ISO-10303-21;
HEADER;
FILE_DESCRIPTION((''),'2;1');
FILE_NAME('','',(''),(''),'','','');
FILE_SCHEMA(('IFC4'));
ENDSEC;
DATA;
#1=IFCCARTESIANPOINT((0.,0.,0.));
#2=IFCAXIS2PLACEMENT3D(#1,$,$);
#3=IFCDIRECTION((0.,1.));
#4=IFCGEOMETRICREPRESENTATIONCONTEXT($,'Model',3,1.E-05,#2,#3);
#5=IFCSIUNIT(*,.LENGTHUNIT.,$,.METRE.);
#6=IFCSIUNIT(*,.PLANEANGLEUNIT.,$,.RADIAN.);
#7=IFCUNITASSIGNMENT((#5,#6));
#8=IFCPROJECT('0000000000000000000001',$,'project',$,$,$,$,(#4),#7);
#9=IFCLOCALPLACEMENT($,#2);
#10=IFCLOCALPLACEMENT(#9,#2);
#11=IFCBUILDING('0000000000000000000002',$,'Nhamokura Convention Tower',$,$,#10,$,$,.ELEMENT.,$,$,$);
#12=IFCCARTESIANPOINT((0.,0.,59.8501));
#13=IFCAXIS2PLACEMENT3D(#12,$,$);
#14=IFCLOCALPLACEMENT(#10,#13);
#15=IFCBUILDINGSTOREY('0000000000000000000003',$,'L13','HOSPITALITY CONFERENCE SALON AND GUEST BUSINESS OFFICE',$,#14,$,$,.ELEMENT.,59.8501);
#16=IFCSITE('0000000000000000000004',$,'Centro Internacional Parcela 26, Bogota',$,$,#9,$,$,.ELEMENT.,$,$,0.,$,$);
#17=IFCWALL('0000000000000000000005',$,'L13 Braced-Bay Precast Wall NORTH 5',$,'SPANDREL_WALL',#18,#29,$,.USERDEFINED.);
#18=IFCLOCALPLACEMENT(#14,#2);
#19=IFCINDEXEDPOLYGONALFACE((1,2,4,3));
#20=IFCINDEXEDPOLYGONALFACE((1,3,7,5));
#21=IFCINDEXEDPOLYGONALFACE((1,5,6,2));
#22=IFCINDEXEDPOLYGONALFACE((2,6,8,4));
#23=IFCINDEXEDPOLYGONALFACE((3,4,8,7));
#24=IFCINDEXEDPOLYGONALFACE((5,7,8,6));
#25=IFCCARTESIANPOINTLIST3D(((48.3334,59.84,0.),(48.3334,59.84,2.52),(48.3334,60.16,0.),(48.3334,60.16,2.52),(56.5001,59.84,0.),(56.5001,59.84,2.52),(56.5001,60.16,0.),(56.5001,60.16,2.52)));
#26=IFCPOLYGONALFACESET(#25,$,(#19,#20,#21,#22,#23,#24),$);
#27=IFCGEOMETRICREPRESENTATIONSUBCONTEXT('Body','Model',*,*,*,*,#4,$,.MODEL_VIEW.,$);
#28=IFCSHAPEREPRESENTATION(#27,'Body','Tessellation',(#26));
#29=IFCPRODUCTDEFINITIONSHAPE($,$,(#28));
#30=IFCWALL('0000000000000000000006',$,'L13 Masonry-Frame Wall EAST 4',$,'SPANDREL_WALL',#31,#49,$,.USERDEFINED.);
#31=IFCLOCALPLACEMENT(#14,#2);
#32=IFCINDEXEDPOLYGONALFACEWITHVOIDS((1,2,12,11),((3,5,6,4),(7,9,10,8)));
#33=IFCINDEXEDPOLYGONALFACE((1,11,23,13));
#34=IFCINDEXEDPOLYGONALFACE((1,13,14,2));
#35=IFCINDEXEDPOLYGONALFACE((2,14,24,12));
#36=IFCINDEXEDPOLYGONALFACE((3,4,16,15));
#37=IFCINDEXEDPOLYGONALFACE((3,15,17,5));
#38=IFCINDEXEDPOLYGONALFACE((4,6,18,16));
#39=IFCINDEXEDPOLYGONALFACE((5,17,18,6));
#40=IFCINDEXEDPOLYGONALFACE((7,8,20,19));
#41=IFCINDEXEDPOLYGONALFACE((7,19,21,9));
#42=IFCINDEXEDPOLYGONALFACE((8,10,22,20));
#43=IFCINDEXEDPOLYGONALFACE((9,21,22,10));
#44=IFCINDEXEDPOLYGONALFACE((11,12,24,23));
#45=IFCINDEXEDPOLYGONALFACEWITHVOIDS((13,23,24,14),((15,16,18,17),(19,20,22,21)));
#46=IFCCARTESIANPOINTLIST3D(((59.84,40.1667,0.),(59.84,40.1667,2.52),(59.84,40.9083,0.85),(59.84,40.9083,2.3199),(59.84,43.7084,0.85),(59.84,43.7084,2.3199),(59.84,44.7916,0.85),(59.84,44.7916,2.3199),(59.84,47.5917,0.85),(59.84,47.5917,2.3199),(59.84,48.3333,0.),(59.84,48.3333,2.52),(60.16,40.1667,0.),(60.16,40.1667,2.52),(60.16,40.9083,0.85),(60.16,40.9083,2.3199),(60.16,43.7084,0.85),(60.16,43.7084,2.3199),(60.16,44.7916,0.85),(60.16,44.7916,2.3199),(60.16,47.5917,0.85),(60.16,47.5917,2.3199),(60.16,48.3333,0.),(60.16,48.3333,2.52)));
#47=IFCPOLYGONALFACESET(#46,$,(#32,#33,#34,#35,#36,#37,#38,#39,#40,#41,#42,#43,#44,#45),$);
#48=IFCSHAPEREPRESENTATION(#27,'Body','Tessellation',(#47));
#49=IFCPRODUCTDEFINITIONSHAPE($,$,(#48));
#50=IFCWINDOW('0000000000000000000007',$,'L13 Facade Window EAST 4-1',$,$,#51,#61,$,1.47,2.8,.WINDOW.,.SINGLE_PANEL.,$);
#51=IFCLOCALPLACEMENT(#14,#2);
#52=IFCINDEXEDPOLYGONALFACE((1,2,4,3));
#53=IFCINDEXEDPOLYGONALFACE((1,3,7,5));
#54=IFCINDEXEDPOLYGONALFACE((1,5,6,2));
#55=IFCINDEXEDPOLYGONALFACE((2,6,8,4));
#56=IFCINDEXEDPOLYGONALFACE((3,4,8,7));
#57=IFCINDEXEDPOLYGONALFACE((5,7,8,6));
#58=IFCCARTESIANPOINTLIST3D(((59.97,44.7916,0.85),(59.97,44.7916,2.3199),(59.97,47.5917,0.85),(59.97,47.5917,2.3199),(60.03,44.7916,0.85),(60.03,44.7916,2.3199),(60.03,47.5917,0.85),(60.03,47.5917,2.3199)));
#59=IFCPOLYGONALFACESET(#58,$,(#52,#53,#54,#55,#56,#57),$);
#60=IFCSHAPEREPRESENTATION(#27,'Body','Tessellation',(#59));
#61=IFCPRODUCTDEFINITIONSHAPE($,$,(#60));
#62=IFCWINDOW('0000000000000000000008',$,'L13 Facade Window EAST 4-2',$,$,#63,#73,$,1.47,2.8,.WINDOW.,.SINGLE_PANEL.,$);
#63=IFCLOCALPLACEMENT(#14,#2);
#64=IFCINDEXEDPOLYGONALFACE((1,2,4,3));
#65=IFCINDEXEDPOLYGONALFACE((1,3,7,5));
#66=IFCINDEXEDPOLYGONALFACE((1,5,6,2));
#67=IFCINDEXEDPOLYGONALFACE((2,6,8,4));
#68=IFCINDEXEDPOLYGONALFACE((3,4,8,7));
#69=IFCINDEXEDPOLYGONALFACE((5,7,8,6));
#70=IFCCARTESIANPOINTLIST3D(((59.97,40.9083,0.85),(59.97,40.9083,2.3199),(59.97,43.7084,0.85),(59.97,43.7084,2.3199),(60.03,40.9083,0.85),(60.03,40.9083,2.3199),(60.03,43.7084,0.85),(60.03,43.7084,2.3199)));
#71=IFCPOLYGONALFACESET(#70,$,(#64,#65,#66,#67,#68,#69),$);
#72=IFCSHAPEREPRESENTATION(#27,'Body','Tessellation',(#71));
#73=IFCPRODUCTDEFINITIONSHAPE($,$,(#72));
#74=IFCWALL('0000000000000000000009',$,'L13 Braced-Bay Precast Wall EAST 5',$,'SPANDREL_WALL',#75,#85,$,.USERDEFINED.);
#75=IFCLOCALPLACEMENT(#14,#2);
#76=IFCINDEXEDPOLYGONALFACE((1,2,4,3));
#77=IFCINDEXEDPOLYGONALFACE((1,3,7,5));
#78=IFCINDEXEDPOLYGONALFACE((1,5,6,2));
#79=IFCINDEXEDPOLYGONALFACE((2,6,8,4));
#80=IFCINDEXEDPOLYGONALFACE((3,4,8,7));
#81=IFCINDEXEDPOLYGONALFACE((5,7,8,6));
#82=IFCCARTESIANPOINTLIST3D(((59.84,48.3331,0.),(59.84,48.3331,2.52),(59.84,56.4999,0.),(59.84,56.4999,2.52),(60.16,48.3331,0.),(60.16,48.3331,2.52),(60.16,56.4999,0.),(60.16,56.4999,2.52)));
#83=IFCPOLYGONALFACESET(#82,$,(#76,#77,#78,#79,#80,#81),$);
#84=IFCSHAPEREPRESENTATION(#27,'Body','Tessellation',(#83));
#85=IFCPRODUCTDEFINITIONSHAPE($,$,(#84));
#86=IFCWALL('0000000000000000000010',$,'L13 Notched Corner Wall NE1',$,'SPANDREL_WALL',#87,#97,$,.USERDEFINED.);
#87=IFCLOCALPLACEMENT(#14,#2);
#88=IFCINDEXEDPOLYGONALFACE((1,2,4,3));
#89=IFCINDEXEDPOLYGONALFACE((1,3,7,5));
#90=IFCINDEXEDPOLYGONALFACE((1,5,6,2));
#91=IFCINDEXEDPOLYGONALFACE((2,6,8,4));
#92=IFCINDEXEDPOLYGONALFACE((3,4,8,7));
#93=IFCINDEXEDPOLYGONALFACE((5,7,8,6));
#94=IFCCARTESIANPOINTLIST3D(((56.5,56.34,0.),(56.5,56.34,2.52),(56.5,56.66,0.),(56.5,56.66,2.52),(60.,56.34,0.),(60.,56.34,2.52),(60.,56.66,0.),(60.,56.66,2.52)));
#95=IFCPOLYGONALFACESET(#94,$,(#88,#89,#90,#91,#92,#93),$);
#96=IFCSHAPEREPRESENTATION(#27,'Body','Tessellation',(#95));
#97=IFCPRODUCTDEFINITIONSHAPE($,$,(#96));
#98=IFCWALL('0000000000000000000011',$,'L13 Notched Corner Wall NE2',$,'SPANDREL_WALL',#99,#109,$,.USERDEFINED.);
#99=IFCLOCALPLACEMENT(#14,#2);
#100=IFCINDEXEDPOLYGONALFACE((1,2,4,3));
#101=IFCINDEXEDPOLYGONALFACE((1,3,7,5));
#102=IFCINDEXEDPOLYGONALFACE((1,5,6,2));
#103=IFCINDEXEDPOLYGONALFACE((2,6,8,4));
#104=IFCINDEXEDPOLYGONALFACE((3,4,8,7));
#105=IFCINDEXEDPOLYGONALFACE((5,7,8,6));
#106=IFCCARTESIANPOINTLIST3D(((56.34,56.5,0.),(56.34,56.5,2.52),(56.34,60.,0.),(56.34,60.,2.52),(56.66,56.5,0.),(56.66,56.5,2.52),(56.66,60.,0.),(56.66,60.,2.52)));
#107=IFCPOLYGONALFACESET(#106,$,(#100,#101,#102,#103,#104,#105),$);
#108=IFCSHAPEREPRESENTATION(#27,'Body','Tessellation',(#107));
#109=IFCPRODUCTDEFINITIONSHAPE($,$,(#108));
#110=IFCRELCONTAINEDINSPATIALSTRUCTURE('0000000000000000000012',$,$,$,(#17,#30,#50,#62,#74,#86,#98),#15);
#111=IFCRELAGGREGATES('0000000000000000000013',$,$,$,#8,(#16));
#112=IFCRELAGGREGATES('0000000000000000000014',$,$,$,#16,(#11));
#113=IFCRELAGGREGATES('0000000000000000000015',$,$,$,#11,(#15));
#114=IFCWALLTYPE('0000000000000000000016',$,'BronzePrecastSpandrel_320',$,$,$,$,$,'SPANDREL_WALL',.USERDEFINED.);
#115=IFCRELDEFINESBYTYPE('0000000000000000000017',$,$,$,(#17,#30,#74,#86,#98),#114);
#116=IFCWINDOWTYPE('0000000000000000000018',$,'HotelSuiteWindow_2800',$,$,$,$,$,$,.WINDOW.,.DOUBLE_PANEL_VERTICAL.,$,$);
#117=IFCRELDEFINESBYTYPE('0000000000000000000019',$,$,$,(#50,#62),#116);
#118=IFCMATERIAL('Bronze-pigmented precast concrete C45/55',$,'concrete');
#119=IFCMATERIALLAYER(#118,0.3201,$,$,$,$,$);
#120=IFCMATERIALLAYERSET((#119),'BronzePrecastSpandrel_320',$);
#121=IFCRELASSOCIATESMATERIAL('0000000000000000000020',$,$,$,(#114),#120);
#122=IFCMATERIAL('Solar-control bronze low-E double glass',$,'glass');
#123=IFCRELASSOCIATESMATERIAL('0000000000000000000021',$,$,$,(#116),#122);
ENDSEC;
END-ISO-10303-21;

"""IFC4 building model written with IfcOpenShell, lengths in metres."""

from ifc_helpers import new_model, si_unit, direction, frame, frame_2d, origin, place, context, subcontext, project, spatial, rectangle, extrude, material, layer, layer_set, type_object, element, fill, save


model = new_model("IFC4")

# Units and contexts
model_context = context("Model", 3, precision=1e-05, world=origin(), true_north=direction((0.0, 1.0)))
body_context = subcontext(model_context, "Body", "Model", "MODEL_VIEW")
ifc_project = project(units=[si_unit("LENGTHUNIT", "METRE"), si_unit("PLANEANGLEUNIT", "RADIAN")], contexts=[model_context])

# Site, building, storey
site_placement = place(None, origin())
site = spatial("IfcSite", under=ifc_project, at=site_placement, Name="Centro Internacional Parcela 26, Bogota", CompositionType="ELEMENT", RefElevation=0.0)
building_placement = place(site_placement, origin())
building = spatial("IfcBuilding", under=site, at=building_placement, Name="Nhamokura Convention Tower", CompositionType="ELEMENT")
storey_placement = place(building_placement, frame((0.0, 0.0, 59.8501)))
storey = spatial("IfcBuildingStorey", under=building, at=storey_placement, Name="L13", Description="HOSPITALITY CONFERENCE SALON AND GUEST BUSINESS OFFICE", CompositionType="ELEMENT", Elevation=59.8501)

# Shared definitions
ifc_material_1 = material(Name="Bronze-pigmented precast concrete C45/55", Category="concrete")
ifc_layer = layer(ifc_material_1, 0.3201)
ifc_layer_set = layer_set([ifc_layer], Name="BronzePrecastSpandrel_320")
wall_type = type_object("IfcWallType", Name="BronzePrecastSpandrel_320", ElementType="SPANDREL_WALL", PredefinedType="USERDEFINED", material=ifc_layer_set)
ifc_material_2 = material(Name="Solar-control bronze low-E double glass", Category="glass")
window_type = type_object("IfcWindowType", Name="HotelSuiteWindow_2800", PartitioningType="DOUBLE_PANEL_VERTICAL", PredefinedType="WINDOW", material=ifc_material_2)

# Wall
wall_1_placement = place(storey_placement, frame((48.3333, 60.0, 0.0), z_axis=(0.0, 0.0, 1.0), x_axis=(1.0, 0.0, 0.0)))
element("IfcWall", 1, at=wall_1_placement, inside=storey, type_object=wall_type, Name="L13 Braced-Bay Precast Wall NORTH 5", ObjectType="SPANDREL_WALL", PredefinedType="USERDEFINED", context=body_context, shape_type="SweptSolid", body=[
    extrude(rectangle(XDim=8.1667, YDim=0.3201, at=frame_2d((4.0835, 0.0))), origin(), (0.0, 0.0, 1.0), 2.52),
])

# Wall, openings, windows
wall_2_placement = place(storey_placement, frame((60.0, 48.3333, 0.0), z_axis=(0.0, 0.0, 1.0), x_axis=(0.0, -1.0, 0.0)))
wall_2 = element("IfcWall", 2, at=wall_2_placement, inside=storey, type_object=wall_type, Name="L13 Masonry-Frame Wall EAST 4", ObjectType="SPANDREL_WALL", PredefinedType="USERDEFINED", context=body_context, shape_type="SweptSolid", body=[
    extrude(rectangle(XDim=8.1665, YDim=0.3201, at=frame_2d((4.0833, 0.0))), origin(), (0.0, 0.0, 1.0), 2.52),
])
opening_1_placement = place(wall_2_placement, frame((0.7417, 0.0, 0.8501)))
opening_1 = element("IfcOpeningElement", 3, at=opening_1_placement, cuts=wall_2, PredefinedType="OPENING", context=body_context, shape_type="SweptSolid", body=[
    extrude(rectangle(XDim=2.8, YDim=1.47, at=frame_2d((1.3999, 0.7349))), frame((0.0, 0.1699, 0.0), z_axis=(0.0, -1.0, 0.0), x_axis=(1.0, 0.0, 0.0)), (0.0, 0.0, 1.0), 0.3401),
])
opening_2_placement = place(wall_2_placement, frame((4.625, 0.0, 0.8501)))
opening_2 = element("IfcOpeningElement", 4, at=opening_2_placement, cuts=wall_2, PredefinedType="OPENING", context=body_context, shape_type="SweptSolid", body=[
    extrude(rectangle(XDim=2.8, YDim=1.47, at=frame_2d((1.3999, 0.7349))), frame((0.0, 0.1699, 0.0), z_axis=(0.0, -1.0, 0.0), x_axis=(1.0, 0.0, 0.0)), (0.0, 0.0, 1.0), 0.3401),
])
window_1_placement = place(opening_1_placement, origin())
window_1 = element("IfcWindow", 5, at=window_1_placement, inside=storey, type_object=window_type, Name="L13 Facade Window EAST 4-1", OverallHeight=1.47, OverallWidth=2.8, PartitioningType="SINGLE_PANEL", PredefinedType="WINDOW", context=body_context, shape_type="SweptSolid", body=[
    extrude(rectangle(XDim=2.8, YDim=1.47, at=frame_2d((1.3999, 0.7349))), frame((0.0, 0.03, 0.0), z_axis=(0.0, -1.0, 0.0), x_axis=(1.0, 0.0, 0.0)), (0.0, 0.0, 1.0), 0.0601),
])
fill(opening_1, window_1)
window_2_placement = place(opening_2_placement, origin())
window_2 = element("IfcWindow", 6, at=window_2_placement, inside=storey, type_object=window_type, Name="L13 Facade Window EAST 4-2", OverallHeight=1.47, OverallWidth=2.8, PartitioningType="SINGLE_PANEL", PredefinedType="WINDOW", context=body_context, shape_type="SweptSolid", body=[
    extrude(rectangle(XDim=2.8, YDim=1.47, at=frame_2d((1.3999, 0.7349))), frame((0.0, 0.03, 0.0), z_axis=(0.0, -1.0, 0.0), x_axis=(1.0, 0.0, 0.0)), (0.0, 0.0, 1.0), 0.0601),
])
fill(opening_2, window_2)

# Walls
wall_3_placement = place(storey_placement, frame((60.0, 56.5, 0.0), z_axis=(0.0, 0.0, 1.0), x_axis=(0.0, -1.0, 0.0)))
element("IfcWall", 7, at=wall_3_placement, inside=storey, type_object=wall_type, Name="L13 Braced-Bay Precast Wall EAST 5", ObjectType="SPANDREL_WALL", PredefinedType="USERDEFINED", context=body_context, shape_type="SweptSolid", body=[
    extrude(rectangle(XDim=8.1667, YDim=0.3201, at=frame_2d((4.0835, 0.0))), origin(), (0.0, 0.0, 1.0), 2.52),
])
for number, where, z_axis, x_axis, name in (
    (8, (56.5, 56.5, 0.0), (0.0, 0.0, 1.0), (1.0, 0.0, 0.0), "L13 Notched Corner Wall NE1"),
    (9, (56.5, 60.0, 0.0), (0.0, 0.0, 1.0), (0.0, -1.0, 0.0), "L13 Notched Corner Wall NE2"),
):
    element("IfcWall", number, at=place(storey_placement, frame(where, z_axis=z_axis, x_axis=x_axis)), inside=storey, type_object=wall_type, Name=name, ObjectType="SPANDREL_WALL", PredefinedType="USERDEFINED", context=body_context, shape_type="SweptSolid", body=[
        extrude(rectangle(XDim=3.5, YDim=0.3201, at=frame_2d((1.75, 0.0))), origin(), (0.0, 0.0, 1.0), 2.52),
    ])

save(model, "model.ifc")
